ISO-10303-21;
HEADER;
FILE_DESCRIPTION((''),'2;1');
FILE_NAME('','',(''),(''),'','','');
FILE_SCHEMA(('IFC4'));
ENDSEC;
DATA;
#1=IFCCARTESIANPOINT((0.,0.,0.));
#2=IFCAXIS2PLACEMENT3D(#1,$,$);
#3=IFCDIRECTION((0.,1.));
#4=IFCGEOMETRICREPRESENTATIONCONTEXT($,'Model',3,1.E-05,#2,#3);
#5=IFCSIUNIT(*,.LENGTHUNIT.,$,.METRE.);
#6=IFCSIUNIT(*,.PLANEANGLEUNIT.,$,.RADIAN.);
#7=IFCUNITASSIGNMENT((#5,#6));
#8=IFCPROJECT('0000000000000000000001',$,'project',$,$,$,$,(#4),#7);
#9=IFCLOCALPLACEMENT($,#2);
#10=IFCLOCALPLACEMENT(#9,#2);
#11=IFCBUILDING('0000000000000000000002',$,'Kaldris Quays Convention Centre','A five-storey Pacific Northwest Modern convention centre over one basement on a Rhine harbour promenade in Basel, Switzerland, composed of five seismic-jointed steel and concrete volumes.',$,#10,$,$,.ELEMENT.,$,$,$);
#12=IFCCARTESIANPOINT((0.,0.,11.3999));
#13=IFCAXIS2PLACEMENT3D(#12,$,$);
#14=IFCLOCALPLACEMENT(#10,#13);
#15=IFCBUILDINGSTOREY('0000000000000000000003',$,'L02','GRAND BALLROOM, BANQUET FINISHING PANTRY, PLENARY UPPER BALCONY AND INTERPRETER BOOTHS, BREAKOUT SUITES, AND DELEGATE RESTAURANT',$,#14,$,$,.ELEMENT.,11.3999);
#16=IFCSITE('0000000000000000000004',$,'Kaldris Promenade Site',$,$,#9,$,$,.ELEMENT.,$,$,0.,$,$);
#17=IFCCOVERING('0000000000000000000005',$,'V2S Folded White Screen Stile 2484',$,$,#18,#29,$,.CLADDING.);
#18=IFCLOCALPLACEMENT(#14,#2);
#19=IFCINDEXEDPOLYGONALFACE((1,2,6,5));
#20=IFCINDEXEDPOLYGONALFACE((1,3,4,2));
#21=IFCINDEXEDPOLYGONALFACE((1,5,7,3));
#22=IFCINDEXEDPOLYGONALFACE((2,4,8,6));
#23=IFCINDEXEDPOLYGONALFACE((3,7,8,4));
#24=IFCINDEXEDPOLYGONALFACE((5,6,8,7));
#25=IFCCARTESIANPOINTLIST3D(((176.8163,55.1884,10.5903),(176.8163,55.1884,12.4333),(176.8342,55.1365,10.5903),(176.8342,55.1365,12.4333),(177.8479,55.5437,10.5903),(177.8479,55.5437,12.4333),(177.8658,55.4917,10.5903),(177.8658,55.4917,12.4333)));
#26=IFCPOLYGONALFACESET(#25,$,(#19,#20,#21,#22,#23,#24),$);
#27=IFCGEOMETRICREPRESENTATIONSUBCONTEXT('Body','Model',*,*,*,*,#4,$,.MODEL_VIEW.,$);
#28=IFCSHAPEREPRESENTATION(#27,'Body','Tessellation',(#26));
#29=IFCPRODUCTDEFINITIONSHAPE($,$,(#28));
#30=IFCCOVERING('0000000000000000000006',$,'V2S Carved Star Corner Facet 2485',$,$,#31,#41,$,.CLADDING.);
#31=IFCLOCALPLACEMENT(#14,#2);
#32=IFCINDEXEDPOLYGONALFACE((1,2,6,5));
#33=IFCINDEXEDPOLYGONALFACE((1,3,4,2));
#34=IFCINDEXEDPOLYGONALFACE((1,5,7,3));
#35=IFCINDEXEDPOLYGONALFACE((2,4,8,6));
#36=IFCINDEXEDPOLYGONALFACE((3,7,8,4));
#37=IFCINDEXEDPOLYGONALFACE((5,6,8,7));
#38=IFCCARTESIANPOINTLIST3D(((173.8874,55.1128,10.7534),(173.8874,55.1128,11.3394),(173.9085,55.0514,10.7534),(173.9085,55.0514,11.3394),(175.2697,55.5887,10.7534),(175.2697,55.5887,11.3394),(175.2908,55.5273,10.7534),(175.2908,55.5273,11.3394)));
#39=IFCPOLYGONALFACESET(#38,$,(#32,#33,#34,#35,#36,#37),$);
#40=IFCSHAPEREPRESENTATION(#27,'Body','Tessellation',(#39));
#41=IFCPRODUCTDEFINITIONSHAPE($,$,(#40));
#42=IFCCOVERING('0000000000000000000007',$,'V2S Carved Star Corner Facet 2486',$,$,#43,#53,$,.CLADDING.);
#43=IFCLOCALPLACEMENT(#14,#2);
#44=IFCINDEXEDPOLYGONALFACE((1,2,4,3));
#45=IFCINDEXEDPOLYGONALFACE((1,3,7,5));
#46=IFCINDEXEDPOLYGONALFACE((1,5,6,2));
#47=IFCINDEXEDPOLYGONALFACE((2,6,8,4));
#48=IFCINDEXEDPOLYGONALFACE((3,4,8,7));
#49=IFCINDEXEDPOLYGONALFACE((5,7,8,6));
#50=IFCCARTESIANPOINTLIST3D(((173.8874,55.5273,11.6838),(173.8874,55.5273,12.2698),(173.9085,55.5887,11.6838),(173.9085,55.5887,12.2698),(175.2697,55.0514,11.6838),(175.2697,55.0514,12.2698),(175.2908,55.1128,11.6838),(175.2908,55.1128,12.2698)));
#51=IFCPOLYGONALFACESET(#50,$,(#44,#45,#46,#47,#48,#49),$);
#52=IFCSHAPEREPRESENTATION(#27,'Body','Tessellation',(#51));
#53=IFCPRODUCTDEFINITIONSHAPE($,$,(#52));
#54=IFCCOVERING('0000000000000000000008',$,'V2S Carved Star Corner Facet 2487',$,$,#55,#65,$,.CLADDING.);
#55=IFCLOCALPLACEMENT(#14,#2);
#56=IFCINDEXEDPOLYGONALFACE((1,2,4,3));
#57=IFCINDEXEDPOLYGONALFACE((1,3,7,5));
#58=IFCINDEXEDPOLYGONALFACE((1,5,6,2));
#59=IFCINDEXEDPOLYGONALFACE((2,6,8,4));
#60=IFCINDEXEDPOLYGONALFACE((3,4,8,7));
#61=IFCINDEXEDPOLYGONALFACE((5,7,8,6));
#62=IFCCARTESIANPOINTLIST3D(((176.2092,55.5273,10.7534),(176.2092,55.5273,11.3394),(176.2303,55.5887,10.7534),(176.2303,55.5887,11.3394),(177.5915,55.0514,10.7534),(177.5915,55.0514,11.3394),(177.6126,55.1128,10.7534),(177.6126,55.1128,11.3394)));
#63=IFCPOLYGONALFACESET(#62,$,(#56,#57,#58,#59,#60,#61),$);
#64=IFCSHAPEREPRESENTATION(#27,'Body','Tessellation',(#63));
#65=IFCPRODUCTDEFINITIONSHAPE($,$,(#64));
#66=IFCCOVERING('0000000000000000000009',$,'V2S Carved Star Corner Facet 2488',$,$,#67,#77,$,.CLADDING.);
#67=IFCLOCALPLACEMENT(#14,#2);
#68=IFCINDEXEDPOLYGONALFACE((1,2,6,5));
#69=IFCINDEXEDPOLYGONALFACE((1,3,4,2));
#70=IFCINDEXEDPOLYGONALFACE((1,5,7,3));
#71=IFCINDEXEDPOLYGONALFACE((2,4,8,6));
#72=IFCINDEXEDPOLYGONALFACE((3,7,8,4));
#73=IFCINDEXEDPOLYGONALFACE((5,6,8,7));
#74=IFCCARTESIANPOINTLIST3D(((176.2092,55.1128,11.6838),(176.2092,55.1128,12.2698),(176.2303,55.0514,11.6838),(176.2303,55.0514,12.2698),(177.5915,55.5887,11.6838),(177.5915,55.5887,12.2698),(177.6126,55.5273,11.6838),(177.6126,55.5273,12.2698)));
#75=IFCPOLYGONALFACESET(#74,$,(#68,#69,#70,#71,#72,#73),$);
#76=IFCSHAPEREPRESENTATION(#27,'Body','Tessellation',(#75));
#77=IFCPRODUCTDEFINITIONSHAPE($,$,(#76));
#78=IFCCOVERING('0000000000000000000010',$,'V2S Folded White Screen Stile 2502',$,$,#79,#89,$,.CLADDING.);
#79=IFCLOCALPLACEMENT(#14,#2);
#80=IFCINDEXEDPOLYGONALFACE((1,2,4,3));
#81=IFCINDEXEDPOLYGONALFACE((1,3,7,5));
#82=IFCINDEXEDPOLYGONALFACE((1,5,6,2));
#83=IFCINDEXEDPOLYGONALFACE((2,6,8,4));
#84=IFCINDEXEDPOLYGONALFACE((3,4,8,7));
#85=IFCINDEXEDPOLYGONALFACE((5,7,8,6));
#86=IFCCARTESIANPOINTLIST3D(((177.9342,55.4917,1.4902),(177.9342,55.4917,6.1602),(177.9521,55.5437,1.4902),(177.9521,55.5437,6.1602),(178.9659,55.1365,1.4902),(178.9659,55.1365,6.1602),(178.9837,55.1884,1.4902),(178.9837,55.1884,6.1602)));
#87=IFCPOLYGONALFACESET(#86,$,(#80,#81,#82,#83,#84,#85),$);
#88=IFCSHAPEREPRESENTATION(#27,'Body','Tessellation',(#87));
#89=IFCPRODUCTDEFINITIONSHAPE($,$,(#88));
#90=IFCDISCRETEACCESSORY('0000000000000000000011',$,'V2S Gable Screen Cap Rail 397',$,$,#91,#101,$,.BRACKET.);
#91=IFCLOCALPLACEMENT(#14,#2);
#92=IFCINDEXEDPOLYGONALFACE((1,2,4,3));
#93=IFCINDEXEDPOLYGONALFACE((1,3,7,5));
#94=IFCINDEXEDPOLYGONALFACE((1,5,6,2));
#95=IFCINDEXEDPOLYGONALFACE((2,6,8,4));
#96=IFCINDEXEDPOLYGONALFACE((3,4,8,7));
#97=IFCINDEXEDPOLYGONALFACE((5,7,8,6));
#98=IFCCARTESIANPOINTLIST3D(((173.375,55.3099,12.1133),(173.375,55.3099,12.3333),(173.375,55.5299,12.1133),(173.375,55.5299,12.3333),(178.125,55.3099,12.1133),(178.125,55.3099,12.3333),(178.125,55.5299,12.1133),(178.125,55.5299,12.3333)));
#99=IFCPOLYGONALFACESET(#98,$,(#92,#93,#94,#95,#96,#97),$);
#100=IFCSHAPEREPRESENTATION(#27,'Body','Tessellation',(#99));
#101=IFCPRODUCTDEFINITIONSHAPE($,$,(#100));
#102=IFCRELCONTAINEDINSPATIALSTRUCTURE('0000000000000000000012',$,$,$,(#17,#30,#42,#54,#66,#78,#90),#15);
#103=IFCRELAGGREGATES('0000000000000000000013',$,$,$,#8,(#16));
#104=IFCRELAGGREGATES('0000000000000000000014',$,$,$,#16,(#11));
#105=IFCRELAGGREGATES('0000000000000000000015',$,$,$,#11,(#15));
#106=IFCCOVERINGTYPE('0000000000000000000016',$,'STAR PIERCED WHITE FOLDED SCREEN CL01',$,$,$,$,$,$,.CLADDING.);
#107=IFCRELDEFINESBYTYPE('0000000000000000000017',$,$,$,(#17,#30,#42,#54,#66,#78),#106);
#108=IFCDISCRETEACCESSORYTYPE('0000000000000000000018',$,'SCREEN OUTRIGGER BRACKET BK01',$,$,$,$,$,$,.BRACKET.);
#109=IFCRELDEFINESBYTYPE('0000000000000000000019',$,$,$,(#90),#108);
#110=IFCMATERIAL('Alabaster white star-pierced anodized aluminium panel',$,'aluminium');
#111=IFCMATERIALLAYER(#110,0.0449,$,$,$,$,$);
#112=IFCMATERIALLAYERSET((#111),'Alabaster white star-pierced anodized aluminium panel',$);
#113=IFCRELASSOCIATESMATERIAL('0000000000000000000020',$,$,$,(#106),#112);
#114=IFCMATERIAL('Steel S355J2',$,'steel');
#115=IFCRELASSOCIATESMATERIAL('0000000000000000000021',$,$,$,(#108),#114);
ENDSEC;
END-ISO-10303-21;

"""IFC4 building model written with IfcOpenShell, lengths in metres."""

from ifc_helpers import new_model, si_unit, direction, frame, origin, origin_2d, place, context, subcontext, project, spatial, rectangle, extrude, material, layer, layer_set, type_object, element, save


model = new_model("IFC4")

# Units and contexts
model_context = context("Model", 3, precision=1e-05, world=origin(), true_north=direction((0.0, 1.0)))
body_context = subcontext(model_context, "Body", "Model", "MODEL_VIEW")
ifc_project = project(units=[si_unit("LENGTHUNIT", "METRE"), si_unit("PLANEANGLEUNIT", "RADIAN")], contexts=[model_context])

# Site, building, storey
site_placement = place(None, origin())
site = spatial("IfcSite", under=ifc_project, at=site_placement, Name="Kaldris Promenade Site", CompositionType="ELEMENT", RefElevation=0.0)
building_placement = place(site_placement, origin())
building = spatial("IfcBuilding", under=site, at=building_placement, Name="Kaldris Quays Convention Centre", Description="A five-storey Pacific Northwest Modern convention centre over one basement on a Rhine harbour promenade in Basel, Switzerland, composed of five seismic-jointed steel and concrete volumes.", CompositionType="ELEMENT")
storey_placement = place(building_placement, frame((0.0, 0.0, 11.3999)))
storey = spatial("IfcBuildingStorey", under=building, at=storey_placement, Name="L02", Description="GRAND BALLROOM, BANQUET FINISHING PANTRY, PLENARY UPPER BALCONY AND INTERPRETER BOOTHS, BREAKOUT SUITES, AND DELEGATE RESTAURANT", CompositionType="ELEMENT", Elevation=11.3999)

# Shared definitions
ifc_material_1 = material(Name="Steel S355J2", Category="steel")

# Coverings
ifc_material_2 = material(Name="Alabaster white star-pierced anodized aluminium panel", Category="aluminium")
ifc_layer = layer(ifc_material_2, 0.0449)
ifc_layer_set = layer_set([ifc_layer], Name="Alabaster white star-pierced anodized aluminium panel")
covering_type = type_object("IfcCoveringType", Name="STAR PIERCED WHITE FOLDED SCREEN CL01", PredefinedType="CLADDING", material=ifc_layer_set)
for number, where, z_axis, x_axis, name in (
    (1, (177.3411, 55.3401, 10.5903), (0.0, 0.0, 1.0), (0.945519, 0.325568, 0.0), "V2S Folded White Screen Stile 2484"),
):
    element("IfcCovering", number, at=place(storey_placement, frame(where, z_axis=z_axis, x_axis=x_axis)), inside=storey, type_object=covering_type, Name=name, PredefinedType="CLADDING", context=body_context, shape_type="SweptSolid", body=[
        extrude(rectangle(XDim=1.0911, YDim=0.0549, at=origin_2d()), origin(), (0.0, 0.0, 1.0), 1.843),
    ])
for number, where, z_axis, x_axis, name in (
    (2, (174.5891, 55.3201, 10.7534), (0.0, 0.0, 1.0), (0.945519, 0.325568, 0.0), "V2S Carved Star Corner Facet 2485"),
    (3, (174.5891, 55.3201, 11.6838), (0.0, 0.0, 1.0), (0.945519, -0.325568, 0.0), "V2S Carved Star Corner Facet 2486"),
    (4, (176.9109, 55.3201, 10.7534), (0.0, 0.0, 1.0), (0.945519, -0.325568, 0.0), "V2S Carved Star Corner Facet 2487"),
    (5, (176.9109, 55.3201, 11.6838), (0.0, 0.0, 1.0), (0.945519, 0.325568, 0.0), "V2S Carved Star Corner Facet 2488"),
):
    element("IfcCovering", number, at=place(storey_placement, frame(where, z_axis=z_axis, x_axis=x_axis)), inside=storey, type_object=covering_type, Name=name, PredefinedType="CLADDING", context=body_context, shape_type="SweptSolid", body=[
        extrude(rectangle(XDim=1.4619, YDim=0.0649, at=origin_2d()), origin(), (0.0, 0.0, 1.0), 0.5859),
    ])
covering_1_placement = place(storey_placement, frame((178.459, 55.3401, 1.4902), z_axis=(0.0, 0.0, 1.0), x_axis=(0.945519, -0.325568, 0.0)))
element("IfcCovering", 6, at=covering_1_placement, inside=storey, type_object=covering_type, Name="V2S Folded White Screen Stile 2502", PredefinedType="CLADDING", context=body_context, shape_type="SweptSolid", body=[
    extrude(rectangle(XDim=1.0911, YDim=0.0549, at=origin_2d()), origin(), (0.0, 0.0, 1.0), 4.6699),
])

# Discrete accessory
discrete_accessory_type = type_object("IfcDiscreteAccessoryType", Name="SCREEN OUTRIGGER BRACKET BK01", PredefinedType="BRACKET", material=ifc_material_1)
discrete_accessory_placement = place(storey_placement, frame((175.75, 55.4199, 12.1133), z_axis=(0.0, 0.0, 1.0), x_axis=(1.0, 0.0, 0.0)))
element("IfcDiscreteAccessory", 7, at=discrete_accessory_placement, inside=storey, type_object=discrete_accessory_type, Name="V2S Gable Screen Cap Rail 397", PredefinedType="BRACKET", context=body_context, shape_type="SweptSolid", body=[
    extrude(rectangle(XDim=4.75, YDim=0.22, at=origin_2d()), origin(), (0.0, 0.0, 1.0), 0.22),
])

save(model, "model.ifc")
